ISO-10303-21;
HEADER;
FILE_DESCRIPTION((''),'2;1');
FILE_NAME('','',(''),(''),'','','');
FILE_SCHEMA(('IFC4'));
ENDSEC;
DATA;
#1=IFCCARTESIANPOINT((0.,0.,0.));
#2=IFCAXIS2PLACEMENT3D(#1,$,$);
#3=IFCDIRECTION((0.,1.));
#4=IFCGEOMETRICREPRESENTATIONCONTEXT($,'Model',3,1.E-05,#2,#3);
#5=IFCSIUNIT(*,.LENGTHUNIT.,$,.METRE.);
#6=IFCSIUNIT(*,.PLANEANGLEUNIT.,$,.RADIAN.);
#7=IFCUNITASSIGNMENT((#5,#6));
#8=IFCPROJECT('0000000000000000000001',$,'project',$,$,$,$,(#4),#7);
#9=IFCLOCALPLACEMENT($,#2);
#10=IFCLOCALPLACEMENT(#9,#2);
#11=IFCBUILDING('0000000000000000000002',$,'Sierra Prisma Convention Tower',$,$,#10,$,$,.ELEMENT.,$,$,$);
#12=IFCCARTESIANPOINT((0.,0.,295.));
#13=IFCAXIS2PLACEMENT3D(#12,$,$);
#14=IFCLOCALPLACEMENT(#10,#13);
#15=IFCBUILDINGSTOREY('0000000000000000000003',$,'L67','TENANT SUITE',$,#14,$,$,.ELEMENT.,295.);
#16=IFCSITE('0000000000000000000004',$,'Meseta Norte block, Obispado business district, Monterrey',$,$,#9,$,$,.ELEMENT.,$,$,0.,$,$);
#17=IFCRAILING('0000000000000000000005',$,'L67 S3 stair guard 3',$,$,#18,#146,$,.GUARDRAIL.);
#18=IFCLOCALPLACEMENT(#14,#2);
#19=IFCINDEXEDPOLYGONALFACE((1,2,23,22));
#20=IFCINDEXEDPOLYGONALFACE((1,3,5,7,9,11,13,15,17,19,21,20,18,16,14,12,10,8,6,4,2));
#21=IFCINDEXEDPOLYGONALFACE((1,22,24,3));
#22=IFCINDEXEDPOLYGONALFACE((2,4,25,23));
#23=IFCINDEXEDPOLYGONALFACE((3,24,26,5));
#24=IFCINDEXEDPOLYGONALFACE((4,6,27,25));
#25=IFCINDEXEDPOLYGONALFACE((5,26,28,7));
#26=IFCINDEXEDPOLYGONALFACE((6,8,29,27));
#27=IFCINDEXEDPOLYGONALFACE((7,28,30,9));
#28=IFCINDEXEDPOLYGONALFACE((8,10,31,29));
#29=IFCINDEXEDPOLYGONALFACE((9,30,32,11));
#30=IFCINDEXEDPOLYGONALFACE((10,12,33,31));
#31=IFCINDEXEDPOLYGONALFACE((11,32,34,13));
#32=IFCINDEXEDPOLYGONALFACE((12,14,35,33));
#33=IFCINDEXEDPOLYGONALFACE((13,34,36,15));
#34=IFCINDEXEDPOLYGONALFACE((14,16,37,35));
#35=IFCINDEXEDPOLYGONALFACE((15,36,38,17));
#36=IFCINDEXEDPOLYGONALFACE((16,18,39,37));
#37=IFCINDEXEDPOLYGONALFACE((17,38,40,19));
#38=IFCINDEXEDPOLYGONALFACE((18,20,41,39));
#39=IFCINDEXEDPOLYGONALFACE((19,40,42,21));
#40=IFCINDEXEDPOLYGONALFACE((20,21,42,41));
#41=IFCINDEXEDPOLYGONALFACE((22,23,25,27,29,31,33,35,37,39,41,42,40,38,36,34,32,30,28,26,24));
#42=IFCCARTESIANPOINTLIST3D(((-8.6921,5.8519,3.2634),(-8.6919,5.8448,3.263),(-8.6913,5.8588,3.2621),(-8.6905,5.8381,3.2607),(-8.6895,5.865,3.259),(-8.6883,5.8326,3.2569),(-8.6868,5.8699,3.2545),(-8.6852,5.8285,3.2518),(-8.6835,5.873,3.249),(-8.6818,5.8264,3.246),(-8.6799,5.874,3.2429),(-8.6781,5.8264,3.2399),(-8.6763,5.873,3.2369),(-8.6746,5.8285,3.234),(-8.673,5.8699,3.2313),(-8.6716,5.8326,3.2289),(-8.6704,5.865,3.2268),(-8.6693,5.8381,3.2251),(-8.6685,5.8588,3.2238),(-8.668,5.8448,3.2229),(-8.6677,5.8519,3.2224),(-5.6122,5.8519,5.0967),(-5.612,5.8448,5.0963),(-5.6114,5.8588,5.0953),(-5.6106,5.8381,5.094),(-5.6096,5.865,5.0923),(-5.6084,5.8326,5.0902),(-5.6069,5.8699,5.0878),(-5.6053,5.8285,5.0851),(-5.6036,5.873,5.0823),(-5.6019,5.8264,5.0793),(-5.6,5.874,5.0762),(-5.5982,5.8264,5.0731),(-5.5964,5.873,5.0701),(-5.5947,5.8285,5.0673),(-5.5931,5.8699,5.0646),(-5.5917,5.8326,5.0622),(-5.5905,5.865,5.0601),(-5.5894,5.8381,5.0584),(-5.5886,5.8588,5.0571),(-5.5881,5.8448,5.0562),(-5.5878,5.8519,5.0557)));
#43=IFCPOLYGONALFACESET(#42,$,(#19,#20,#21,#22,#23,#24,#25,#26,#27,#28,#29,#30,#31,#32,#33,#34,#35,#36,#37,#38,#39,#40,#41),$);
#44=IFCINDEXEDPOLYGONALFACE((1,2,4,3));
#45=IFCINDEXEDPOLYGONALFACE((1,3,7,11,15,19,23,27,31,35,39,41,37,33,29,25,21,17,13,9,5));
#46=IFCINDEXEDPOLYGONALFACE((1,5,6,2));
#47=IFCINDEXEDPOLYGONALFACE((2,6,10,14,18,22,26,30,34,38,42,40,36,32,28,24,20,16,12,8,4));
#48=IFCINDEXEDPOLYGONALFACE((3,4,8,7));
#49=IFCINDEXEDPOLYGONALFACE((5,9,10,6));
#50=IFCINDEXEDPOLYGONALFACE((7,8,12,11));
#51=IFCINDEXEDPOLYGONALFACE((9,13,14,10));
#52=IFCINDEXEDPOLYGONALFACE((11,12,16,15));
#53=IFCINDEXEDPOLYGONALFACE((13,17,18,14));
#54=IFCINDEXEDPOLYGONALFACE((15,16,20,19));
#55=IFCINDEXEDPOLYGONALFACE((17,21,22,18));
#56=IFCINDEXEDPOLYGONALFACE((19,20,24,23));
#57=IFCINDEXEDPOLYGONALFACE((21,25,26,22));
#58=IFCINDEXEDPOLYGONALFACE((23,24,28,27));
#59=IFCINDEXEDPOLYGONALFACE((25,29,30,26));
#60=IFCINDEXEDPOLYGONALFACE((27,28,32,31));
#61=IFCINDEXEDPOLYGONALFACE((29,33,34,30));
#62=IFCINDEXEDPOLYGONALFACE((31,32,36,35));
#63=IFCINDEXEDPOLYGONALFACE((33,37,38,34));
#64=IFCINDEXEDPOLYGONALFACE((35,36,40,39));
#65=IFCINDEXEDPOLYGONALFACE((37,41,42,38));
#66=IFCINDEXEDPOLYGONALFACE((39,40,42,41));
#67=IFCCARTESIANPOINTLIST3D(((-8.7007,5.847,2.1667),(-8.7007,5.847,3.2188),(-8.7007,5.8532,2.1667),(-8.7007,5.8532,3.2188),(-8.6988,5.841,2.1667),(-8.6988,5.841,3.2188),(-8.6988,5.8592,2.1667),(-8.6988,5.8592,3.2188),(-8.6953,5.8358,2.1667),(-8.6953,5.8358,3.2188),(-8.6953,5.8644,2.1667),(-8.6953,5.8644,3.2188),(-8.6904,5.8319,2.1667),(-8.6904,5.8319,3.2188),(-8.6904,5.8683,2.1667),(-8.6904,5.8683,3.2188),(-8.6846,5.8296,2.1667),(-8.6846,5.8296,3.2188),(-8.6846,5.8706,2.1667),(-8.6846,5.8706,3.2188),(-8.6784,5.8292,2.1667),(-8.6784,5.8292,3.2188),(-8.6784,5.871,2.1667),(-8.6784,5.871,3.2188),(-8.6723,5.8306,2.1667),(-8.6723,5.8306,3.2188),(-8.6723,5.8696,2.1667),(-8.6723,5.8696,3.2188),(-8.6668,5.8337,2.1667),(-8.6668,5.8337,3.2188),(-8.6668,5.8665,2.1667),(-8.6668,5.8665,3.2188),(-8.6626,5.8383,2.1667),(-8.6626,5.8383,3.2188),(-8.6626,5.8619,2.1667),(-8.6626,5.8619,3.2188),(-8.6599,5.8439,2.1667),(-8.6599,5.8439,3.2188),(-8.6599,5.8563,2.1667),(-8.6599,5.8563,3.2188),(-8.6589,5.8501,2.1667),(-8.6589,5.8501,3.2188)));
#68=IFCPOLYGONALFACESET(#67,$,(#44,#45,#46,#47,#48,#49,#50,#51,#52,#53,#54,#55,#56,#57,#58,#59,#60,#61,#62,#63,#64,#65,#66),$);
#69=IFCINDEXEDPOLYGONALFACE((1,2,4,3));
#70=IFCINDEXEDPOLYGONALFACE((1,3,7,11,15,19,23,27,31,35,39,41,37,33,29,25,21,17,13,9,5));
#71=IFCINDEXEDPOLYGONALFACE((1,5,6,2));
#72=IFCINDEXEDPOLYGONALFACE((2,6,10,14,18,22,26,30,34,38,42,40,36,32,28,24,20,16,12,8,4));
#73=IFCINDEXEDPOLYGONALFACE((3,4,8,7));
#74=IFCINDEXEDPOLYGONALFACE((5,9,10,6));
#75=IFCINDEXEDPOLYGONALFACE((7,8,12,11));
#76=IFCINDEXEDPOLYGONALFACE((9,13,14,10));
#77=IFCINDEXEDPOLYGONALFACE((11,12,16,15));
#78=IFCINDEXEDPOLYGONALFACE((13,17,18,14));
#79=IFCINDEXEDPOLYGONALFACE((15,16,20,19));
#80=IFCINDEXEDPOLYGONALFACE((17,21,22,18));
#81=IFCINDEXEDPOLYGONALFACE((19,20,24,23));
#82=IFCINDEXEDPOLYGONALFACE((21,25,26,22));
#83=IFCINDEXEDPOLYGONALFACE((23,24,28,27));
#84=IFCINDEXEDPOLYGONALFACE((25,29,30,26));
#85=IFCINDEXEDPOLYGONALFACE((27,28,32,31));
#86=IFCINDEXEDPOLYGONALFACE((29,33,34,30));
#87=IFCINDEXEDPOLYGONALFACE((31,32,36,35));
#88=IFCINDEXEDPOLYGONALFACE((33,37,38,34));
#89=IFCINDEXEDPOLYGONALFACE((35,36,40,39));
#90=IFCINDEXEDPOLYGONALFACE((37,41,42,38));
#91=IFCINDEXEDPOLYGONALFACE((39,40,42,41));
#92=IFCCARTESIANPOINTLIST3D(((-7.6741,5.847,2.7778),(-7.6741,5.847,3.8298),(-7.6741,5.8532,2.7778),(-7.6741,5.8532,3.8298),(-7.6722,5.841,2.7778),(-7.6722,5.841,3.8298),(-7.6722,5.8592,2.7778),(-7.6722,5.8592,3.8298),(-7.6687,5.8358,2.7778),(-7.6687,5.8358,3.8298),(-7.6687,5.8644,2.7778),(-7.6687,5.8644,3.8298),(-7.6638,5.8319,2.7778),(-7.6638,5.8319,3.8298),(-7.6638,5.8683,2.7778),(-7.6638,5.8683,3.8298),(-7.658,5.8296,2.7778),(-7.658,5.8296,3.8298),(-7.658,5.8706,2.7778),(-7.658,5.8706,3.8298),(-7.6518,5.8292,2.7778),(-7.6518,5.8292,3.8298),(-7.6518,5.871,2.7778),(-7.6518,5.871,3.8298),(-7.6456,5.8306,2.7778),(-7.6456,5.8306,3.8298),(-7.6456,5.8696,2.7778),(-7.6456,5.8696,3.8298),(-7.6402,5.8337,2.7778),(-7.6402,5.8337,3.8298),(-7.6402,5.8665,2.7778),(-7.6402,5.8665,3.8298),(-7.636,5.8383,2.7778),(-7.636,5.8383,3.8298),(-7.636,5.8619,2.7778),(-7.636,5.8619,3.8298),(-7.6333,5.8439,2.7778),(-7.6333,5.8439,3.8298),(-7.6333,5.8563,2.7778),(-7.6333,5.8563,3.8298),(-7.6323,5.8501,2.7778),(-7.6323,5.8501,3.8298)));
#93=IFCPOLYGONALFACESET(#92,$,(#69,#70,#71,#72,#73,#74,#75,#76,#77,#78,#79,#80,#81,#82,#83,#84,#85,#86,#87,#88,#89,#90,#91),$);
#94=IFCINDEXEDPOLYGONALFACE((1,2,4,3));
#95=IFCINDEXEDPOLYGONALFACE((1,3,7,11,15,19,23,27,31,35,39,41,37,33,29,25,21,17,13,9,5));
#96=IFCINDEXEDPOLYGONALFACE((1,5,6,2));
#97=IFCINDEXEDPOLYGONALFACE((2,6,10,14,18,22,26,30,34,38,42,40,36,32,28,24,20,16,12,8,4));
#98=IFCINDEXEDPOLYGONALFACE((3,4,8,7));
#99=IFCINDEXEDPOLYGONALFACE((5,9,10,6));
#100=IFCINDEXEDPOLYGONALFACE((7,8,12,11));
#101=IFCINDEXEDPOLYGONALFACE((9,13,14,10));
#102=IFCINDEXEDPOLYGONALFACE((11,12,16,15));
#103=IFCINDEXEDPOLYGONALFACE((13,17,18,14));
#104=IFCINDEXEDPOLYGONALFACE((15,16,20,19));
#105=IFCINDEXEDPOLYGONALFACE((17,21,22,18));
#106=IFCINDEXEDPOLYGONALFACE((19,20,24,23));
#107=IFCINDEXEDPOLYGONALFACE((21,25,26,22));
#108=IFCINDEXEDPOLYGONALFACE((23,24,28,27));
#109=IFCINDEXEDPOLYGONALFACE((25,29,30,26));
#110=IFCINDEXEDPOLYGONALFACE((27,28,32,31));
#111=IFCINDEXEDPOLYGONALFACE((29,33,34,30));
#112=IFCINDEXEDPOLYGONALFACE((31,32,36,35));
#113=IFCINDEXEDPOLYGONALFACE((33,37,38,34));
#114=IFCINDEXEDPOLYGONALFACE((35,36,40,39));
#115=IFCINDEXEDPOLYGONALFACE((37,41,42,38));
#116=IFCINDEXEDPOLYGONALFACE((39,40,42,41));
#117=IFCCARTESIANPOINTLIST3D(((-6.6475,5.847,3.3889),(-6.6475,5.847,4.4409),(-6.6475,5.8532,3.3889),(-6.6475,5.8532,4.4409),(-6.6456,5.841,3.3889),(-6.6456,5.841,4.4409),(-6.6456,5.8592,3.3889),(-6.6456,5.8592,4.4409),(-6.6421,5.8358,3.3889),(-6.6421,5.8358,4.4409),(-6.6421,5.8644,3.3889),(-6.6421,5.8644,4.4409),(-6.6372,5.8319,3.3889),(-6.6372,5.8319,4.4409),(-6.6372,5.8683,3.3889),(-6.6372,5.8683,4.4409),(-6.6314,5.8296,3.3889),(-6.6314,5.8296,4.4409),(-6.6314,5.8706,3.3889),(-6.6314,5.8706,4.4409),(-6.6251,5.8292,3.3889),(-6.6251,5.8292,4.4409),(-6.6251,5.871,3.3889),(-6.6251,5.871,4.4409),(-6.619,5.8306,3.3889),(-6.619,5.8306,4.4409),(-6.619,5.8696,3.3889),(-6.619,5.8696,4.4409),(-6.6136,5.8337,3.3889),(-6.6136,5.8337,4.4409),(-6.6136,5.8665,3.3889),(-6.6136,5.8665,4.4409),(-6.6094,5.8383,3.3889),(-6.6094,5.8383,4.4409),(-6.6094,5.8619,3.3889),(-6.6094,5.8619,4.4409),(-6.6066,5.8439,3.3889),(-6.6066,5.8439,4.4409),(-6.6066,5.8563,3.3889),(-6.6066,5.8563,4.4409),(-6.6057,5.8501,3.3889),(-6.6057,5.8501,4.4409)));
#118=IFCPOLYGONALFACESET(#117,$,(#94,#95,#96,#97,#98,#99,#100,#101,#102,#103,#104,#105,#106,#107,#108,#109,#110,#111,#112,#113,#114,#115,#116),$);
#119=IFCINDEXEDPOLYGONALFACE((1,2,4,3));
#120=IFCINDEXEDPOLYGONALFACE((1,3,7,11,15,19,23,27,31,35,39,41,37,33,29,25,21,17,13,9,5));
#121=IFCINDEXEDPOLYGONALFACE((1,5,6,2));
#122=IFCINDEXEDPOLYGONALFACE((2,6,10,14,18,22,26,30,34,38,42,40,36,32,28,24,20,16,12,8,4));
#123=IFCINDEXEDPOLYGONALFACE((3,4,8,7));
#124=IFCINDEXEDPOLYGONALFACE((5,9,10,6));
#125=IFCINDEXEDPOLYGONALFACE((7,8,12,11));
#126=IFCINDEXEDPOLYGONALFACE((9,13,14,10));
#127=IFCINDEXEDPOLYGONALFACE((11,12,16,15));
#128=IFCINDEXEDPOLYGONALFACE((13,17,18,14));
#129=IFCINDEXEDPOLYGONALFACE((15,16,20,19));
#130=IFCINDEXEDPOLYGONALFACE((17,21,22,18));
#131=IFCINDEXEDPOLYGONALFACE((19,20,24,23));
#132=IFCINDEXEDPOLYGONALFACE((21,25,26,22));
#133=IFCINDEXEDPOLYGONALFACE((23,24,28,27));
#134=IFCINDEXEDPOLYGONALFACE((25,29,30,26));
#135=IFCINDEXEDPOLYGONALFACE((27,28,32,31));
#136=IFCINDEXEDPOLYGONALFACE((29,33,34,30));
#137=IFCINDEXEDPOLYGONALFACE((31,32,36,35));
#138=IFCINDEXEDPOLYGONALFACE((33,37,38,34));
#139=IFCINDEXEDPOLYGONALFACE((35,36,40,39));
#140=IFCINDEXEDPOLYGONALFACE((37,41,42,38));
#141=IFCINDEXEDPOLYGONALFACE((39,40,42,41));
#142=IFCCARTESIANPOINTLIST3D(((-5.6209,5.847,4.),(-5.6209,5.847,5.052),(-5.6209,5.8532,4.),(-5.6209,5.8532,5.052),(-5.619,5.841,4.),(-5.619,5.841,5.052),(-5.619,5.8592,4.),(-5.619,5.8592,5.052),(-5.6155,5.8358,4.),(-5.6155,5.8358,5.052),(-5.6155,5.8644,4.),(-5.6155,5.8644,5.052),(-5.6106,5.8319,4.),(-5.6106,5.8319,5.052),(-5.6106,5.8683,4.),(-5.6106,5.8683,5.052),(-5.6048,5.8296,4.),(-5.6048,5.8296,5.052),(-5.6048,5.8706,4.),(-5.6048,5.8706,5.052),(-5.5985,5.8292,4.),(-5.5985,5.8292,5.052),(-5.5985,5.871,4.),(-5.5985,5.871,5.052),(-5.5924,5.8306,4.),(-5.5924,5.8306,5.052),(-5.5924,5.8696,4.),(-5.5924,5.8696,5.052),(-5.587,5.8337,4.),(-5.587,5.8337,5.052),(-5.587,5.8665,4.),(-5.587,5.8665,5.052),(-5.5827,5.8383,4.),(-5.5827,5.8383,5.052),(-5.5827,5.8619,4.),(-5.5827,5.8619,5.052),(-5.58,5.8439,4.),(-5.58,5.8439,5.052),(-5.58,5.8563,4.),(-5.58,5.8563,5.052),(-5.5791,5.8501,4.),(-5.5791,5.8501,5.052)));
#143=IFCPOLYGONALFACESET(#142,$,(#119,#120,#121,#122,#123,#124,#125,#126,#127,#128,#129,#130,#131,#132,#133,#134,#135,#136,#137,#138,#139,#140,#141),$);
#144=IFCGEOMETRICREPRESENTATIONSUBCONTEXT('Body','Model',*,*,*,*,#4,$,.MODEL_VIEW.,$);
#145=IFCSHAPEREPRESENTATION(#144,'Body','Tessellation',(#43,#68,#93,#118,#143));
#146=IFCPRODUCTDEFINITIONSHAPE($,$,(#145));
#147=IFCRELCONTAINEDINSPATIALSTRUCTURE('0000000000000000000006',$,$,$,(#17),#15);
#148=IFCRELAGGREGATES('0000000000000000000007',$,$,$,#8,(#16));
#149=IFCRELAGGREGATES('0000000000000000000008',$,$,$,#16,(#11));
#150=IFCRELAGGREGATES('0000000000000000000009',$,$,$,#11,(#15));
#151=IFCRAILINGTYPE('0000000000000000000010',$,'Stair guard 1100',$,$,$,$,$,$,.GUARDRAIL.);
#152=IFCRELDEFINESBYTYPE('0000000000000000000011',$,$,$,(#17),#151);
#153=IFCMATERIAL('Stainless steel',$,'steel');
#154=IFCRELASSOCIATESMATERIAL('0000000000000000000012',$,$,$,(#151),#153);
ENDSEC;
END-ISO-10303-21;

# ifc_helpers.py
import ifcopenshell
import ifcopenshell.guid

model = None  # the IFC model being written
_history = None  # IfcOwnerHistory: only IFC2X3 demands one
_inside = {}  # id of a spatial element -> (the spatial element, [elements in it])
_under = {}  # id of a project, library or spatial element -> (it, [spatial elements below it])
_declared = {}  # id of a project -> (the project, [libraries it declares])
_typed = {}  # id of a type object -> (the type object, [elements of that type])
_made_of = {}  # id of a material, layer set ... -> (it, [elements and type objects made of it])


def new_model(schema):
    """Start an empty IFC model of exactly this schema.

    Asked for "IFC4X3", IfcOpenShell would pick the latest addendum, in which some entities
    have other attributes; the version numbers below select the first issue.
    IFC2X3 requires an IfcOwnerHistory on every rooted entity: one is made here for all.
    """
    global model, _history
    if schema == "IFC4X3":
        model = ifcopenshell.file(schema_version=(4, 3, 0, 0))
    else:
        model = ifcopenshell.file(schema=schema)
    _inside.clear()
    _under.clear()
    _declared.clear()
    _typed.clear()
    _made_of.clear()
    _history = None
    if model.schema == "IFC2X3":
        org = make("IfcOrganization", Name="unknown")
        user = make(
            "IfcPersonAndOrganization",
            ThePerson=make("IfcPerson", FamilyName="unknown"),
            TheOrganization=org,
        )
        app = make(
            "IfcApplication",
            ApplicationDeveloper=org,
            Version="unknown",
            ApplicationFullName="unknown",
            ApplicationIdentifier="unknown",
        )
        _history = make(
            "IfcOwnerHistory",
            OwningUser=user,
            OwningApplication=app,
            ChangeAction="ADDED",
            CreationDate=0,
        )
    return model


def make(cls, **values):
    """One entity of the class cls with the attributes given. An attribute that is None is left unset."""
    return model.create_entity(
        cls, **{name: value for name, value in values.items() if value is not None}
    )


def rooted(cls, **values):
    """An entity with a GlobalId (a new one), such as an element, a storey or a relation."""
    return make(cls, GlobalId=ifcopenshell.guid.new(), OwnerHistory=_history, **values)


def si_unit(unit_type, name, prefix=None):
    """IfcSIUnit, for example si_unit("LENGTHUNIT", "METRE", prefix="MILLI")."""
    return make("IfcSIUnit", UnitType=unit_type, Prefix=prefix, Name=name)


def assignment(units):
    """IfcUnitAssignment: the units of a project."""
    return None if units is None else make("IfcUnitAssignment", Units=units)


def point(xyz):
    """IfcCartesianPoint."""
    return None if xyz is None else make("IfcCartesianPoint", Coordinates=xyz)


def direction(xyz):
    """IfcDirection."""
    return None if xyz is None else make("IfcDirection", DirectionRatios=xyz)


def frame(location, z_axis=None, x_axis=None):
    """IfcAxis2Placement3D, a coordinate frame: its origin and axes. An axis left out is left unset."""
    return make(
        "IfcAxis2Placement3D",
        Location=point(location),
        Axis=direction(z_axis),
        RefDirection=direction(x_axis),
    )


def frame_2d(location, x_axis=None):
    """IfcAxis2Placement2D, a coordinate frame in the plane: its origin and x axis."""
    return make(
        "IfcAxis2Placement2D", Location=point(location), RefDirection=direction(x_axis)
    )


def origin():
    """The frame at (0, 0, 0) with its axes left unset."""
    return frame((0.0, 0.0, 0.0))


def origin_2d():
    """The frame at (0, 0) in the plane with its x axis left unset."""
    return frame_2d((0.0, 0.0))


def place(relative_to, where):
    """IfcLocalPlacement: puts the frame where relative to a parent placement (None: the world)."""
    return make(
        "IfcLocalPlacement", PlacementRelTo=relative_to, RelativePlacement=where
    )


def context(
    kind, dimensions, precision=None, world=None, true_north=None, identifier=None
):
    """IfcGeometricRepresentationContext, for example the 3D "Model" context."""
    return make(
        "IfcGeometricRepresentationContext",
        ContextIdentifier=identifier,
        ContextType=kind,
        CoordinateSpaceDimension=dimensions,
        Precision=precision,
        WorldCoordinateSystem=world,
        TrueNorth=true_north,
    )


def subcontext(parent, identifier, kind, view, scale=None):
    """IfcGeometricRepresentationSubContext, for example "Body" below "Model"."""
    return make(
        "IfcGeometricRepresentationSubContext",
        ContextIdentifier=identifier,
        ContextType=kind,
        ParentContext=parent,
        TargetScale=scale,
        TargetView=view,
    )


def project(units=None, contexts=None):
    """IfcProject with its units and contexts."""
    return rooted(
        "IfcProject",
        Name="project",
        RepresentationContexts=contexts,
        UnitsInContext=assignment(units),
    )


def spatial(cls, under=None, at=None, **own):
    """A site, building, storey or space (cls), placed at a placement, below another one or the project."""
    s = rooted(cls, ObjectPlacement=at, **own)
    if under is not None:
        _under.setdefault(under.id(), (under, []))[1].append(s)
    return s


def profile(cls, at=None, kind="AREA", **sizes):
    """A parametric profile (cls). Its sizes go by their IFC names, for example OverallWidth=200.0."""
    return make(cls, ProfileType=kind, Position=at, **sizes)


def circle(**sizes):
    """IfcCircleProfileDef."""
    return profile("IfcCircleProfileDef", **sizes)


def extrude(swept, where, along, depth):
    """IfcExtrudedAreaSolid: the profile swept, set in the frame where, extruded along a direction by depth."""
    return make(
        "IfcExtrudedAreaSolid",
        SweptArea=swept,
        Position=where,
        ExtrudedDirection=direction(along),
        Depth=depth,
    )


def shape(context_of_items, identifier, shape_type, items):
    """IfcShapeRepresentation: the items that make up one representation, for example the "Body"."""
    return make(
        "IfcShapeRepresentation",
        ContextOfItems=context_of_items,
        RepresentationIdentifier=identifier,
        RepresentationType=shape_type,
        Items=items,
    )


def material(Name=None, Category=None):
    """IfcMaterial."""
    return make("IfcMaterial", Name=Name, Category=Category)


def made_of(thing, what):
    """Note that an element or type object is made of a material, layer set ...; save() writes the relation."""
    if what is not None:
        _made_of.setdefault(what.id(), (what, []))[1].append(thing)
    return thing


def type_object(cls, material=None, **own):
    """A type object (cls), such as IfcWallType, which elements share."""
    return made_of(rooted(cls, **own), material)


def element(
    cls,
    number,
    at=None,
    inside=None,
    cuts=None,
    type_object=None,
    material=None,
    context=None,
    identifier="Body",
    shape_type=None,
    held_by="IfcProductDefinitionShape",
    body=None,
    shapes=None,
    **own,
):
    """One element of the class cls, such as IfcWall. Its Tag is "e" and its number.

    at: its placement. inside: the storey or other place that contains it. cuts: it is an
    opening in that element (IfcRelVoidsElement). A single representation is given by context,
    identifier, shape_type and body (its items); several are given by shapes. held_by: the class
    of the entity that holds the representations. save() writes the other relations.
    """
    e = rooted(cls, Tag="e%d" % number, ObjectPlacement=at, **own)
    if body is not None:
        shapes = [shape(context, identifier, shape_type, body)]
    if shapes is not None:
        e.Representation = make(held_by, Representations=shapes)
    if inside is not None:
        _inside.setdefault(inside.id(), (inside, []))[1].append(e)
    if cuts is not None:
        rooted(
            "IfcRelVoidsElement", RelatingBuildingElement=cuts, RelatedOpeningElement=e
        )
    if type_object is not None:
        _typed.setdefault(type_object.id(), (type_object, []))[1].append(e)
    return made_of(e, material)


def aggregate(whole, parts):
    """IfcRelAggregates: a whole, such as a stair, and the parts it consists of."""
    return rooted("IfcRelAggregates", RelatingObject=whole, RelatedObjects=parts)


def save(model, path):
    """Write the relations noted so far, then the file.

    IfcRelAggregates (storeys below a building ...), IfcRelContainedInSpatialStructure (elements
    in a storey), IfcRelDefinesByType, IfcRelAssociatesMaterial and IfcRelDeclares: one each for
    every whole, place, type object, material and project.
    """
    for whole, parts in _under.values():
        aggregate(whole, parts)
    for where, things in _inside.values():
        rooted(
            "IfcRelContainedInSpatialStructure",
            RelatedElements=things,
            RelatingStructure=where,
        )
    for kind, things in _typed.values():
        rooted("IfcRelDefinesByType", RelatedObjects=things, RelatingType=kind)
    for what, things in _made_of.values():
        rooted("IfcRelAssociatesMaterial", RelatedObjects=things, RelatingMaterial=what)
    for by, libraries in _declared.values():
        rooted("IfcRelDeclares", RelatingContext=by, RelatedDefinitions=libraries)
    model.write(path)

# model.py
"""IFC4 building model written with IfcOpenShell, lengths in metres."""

from ifc_helpers import new_model, si_unit, direction, frame, origin, origin_2d, place, context, subcontext, project, spatial, circle, extrude, material, type_object, element, save


model = new_model("IFC4")

# Units and contexts
model_context = context("Model", 3, precision=1e-05, world=origin(), true_north=direction((0.0, 1.0)))
body_context = subcontext(model_context, "Body", "Model", "MODEL_VIEW")
ifc_project = project(units=[si_unit("LENGTHUNIT", "METRE"), si_unit("PLANEANGLEUNIT", "RADIAN")], contexts=[model_context])

# Site, building, storey
site_placement = place(None, origin())
site = spatial("IfcSite", under=ifc_project, at=site_placement, Name="Meseta Norte block, Obispado business district, Monterrey", CompositionType="ELEMENT", RefElevation=0.0)
building_placement = place(site_placement, origin())
building = spatial("IfcBuilding", under=site, at=building_placement, Name="Sierra Prisma Convention Tower", CompositionType="ELEMENT")
storey_placement = place(building_placement, frame((0.0, 0.0, 295.0)))
storey = spatial("IfcBuildingStorey", under=building, at=storey_placement, Name="L67", Description="TENANT SUITE", CompositionType="ELEMENT", Elevation=295.0)

# Railing
ifc_material_1 = material(Name="Stainless steel", Category="steel")
railing_type_1 = type_object("IfcRailingType", Name="Stair guard 1100", PredefinedType="GUARDRAIL", material=ifc_material_1)
railing_1_placement = place(storey_placement, frame((-8.6799, 5.8501, 2.1667)))
element("IfcRailing", 1, at=railing_1_placement, inside=storey, type_object=railing_type_1, Name="L67 S3 stair guard 3", PredefinedType="GUARDRAIL", context=body_context, shape_type="SweptSolid", body=[
    extrude(circle(Radius=0.0239, at=origin_2d()), frame((0.0, 0.0, 1.0762), z_axis=(0.859291, 0.0, 0.511487), x_axis=(0.0, 1.0, 0.0)), (0.0, 0.0, 1.0), 3.5842),
    extrude(circle(Radius=0.021, at=origin_2d()), origin(), (0.0, 0.0, 1.0), 1.052),
    extrude(circle(Radius=0.021, at=origin_2d()), frame((1.0266, 0.0, 0.6111)), (0.0, 0.0, 1.0), 1.052),
    extrude(circle(Radius=0.021, at=origin_2d()), frame((2.0532, 0.0, 1.2222)), (0.0, 0.0, 1.0), 1.052),
    extrude(circle(Radius=0.021, at=origin_2d()), frame((3.0798, 0.0, 1.8333)), (0.0, 0.0, 1.0), 1.052),
])

save(model, "model.ifc")
